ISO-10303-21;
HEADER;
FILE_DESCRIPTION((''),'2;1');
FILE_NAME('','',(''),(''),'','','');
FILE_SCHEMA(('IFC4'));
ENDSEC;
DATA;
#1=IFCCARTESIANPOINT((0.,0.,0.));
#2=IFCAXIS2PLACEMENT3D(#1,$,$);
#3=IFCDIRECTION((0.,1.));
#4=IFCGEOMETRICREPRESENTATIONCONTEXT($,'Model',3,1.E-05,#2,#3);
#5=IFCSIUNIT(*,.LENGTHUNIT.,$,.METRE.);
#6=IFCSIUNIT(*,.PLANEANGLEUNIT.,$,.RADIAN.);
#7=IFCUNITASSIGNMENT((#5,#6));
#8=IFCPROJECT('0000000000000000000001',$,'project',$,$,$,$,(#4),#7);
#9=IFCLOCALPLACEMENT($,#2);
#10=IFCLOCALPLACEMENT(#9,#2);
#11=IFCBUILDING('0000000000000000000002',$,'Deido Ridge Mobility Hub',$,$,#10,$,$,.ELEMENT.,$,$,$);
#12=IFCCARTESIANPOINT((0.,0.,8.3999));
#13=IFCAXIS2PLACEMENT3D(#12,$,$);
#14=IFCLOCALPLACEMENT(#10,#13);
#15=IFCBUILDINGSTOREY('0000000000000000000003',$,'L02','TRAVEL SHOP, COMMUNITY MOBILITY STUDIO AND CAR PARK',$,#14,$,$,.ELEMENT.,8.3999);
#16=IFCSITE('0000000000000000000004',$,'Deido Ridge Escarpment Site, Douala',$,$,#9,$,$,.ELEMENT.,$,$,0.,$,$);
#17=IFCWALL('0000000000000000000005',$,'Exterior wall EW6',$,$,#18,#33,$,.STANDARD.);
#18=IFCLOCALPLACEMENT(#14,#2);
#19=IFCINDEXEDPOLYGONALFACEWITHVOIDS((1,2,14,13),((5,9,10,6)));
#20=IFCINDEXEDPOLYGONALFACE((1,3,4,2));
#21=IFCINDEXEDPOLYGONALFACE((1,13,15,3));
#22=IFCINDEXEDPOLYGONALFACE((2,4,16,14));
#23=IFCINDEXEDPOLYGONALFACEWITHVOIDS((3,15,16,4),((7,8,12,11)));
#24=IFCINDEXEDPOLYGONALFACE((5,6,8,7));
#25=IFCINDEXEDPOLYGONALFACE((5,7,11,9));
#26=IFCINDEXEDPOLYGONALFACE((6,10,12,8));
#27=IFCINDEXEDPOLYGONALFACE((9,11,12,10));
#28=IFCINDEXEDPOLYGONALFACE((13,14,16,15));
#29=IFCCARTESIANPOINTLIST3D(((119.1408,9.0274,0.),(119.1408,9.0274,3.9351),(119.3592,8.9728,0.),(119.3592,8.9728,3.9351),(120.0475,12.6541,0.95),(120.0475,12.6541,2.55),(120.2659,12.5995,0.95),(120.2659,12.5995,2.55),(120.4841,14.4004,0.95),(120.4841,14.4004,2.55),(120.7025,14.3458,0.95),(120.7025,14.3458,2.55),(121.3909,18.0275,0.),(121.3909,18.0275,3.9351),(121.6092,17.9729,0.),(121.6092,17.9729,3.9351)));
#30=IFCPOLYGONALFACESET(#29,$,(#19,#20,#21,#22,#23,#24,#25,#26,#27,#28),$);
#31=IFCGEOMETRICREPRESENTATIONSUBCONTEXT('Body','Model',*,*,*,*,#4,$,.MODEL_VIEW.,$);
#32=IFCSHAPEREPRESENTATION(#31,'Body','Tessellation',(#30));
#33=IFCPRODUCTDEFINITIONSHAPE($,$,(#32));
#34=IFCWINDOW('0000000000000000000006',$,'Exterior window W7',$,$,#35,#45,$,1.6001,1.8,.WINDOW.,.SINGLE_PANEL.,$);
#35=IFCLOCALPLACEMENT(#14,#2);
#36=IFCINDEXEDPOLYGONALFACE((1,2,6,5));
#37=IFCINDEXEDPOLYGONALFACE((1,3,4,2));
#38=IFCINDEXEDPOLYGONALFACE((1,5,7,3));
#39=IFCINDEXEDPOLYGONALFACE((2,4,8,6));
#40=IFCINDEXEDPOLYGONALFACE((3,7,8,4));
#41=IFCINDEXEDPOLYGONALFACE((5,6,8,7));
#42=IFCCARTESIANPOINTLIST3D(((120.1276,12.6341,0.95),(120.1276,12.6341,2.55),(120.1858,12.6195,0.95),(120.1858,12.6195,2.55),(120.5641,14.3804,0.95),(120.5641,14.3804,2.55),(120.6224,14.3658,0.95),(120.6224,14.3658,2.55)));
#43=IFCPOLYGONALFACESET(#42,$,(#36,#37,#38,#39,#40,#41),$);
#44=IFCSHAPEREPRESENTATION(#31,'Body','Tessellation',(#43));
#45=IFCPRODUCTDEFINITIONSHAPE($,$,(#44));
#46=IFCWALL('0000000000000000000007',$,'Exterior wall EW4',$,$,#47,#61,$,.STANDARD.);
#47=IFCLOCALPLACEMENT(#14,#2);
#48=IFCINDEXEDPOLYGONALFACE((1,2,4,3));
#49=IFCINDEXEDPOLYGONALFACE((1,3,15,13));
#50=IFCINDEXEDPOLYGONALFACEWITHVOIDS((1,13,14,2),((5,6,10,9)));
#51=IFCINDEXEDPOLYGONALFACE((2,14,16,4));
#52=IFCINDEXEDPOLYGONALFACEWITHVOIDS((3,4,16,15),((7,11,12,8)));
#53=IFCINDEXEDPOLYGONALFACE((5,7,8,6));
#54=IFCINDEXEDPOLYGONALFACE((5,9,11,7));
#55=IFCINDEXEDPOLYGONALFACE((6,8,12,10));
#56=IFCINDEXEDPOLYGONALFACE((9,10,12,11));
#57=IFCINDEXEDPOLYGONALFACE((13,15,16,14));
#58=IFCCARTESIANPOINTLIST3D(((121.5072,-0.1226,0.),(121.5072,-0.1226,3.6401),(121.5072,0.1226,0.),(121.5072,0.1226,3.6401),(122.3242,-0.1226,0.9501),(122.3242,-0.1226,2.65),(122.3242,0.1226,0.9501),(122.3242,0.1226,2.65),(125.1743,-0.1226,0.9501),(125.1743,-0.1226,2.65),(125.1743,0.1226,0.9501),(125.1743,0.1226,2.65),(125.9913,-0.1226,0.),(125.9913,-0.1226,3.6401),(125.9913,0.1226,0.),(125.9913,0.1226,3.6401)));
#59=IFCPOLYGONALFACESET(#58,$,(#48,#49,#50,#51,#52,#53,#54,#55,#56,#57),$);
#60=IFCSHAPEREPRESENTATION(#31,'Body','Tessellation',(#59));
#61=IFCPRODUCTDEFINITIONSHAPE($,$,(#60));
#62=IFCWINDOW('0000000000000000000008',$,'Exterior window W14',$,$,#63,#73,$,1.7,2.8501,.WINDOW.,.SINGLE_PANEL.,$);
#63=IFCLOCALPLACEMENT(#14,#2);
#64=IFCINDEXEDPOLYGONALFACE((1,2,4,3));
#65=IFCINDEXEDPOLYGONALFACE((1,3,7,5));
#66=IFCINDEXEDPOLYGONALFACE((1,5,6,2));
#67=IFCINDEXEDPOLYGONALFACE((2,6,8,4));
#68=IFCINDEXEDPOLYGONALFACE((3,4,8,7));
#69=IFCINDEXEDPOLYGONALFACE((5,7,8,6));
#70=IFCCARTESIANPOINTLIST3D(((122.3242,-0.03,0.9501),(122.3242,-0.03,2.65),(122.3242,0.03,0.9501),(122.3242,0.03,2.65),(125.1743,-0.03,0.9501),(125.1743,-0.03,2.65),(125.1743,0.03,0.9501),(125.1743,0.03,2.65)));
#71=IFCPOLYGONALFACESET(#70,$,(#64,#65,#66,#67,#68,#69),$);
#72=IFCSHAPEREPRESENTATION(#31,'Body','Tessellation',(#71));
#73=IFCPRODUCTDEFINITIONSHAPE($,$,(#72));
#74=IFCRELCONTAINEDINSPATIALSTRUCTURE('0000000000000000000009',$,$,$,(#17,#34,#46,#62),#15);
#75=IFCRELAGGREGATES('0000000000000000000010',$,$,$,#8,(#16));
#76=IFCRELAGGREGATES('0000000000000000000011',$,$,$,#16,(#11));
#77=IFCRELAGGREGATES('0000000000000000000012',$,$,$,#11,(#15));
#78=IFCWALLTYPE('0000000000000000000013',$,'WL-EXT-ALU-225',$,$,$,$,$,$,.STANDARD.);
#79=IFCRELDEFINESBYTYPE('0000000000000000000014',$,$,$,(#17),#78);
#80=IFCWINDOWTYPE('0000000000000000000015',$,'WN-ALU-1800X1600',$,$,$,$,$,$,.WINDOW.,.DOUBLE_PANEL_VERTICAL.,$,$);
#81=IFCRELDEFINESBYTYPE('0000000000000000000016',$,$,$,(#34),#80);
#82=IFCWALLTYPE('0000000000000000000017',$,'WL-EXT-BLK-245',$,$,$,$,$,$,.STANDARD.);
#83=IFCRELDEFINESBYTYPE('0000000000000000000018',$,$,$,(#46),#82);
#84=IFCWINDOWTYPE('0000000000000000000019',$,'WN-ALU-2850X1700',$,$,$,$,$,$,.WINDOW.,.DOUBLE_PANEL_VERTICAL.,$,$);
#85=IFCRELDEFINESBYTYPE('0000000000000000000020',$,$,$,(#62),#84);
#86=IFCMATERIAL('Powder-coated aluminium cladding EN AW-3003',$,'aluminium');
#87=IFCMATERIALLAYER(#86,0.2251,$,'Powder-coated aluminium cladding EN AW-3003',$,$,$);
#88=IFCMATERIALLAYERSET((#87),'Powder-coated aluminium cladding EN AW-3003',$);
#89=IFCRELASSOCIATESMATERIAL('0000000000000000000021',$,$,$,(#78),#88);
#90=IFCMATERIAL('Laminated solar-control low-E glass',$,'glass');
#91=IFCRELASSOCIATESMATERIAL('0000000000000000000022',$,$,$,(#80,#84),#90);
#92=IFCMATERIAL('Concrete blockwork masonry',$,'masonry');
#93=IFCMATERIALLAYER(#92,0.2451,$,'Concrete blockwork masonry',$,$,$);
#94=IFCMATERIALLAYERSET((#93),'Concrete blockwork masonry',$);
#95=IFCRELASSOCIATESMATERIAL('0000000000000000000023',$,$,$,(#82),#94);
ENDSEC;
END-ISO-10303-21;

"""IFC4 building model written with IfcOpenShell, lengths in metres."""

from ifc_helpers import new_model, si_unit, direction, frame, frame_2d, origin, place, context, subcontext, project, spatial, rectangle, extrude, material, layer, layer_set, type_object, element, fill, save


model = new_model("IFC4")

# Units and contexts
model_context = context("Model", 3, precision=1e-05, world=origin(), true_north=direction((0.0, 1.0)))
body_context = subcontext(model_context, "Body", "Model", "MODEL_VIEW")
ifc_project = project(units=[si_unit("LENGTHUNIT", "METRE"), si_unit("PLANEANGLEUNIT", "RADIAN")], contexts=[model_context])

# Site, building, storey
site_placement = place(None, origin())
site = spatial("IfcSite", under=ifc_project, at=site_placement, Name="Deido Ridge Escarpment Site, Douala", CompositionType="ELEMENT", RefElevation=0.0)
building_placement = place(site_placement, origin())
building = spatial("IfcBuilding", under=site, at=building_placement, Name="Deido Ridge Mobility Hub", CompositionType="ELEMENT")
storey_placement = place(building_placement, frame((0.0, 0.0, 8.3999)))
storey = spatial("IfcBuildingStorey", under=building, at=storey_placement, Name="L02", Description="TRAVEL SHOP, COMMUNITY MOBILITY STUDIO AND CAR PARK", CompositionType="ELEMENT", Elevation=8.3999)

# Shared definitions
ifc_material_1 = material(Name="Laminated solar-control low-E glass", Category="glass")

# Shared definitions
ifc_material_2 = material(Name="Powder-coated aluminium cladding EN AW-3003", Category="aluminium")
ifc_layer_1 = layer(ifc_material_2, 0.2251, Name="Powder-coated aluminium cladding EN AW-3003")
ifc_layer_set_1 = layer_set([ifc_layer_1], Name="Powder-coated aluminium cladding EN AW-3003")
wall_type_1 = type_object("IfcWallType", Name="WL-EXT-ALU-225", PredefinedType="STANDARD", material=ifc_layer_set_1)

# Walls, openings, windows
wall_1_placement = place(storey_placement, frame((119.25, 9.0, 0.0), z_axis=(0.0, 0.0, 1.0), x_axis=(0.242536, 0.970143, 0.0)))
wall_1 = element("IfcWall", 1, at=wall_1_placement, inside=storey, type_object=wall_type_1, Name="Exterior wall EW6", PredefinedType="STANDARD", context=body_context, shape_type="SweptSolid", body=[
    extrude(rectangle(XDim=9.2771, YDim=0.2251, at=frame_2d((4.6387, 0.0))), origin(), (0.0, 0.0, 1.0), 3.9351),
])
opening_1_placement = place(wall_1_placement, frame((3.7385, 0.0, 0.95)))
opening_1 = element("IfcOpeningElement", 2, at=opening_1_placement, cuts=wall_1, PredefinedType="OPENING", context=body_context, shape_type="SweptSolid", body=[
    extrude(rectangle(XDim=1.8, YDim=1.6001, at=frame_2d((0.8999, 0.8))), frame((0.0, 0.1226, 0.0), z_axis=(0.0, -1.0, 0.0), x_axis=(1.0, 0.0, 0.0)), (0.0, 0.0, 1.0), 0.2451),
])
window_type_1 = type_object("IfcWindowType", Name="WN-ALU-1800X1600", PartitioningType="DOUBLE_PANEL_VERTICAL", PredefinedType="WINDOW", material=ifc_material_1)
window_1_placement = place(opening_1_placement, origin())
window_1 = element("IfcWindow", 3, at=window_1_placement, inside=storey, type_object=window_type_1, Name="Exterior window W7", OverallHeight=1.6001, OverallWidth=1.8, PartitioningType="SINGLE_PANEL", PredefinedType="WINDOW", context=body_context, shape_type="SweptSolid", body=[
    extrude(rectangle(XDim=1.8, YDim=1.6001, at=frame_2d((0.8999, 0.8))), frame((0.0, 0.03, 0.0), z_axis=(0.0, -1.0, 0.0), x_axis=(1.0, 0.0, 0.0)), (0.0, 0.0, 1.0), 0.0601),
])
fill(opening_1, window_1)
ifc_material_3 = material(Name="Concrete blockwork masonry", Category="masonry")
ifc_layer_2 = layer(ifc_material_3, 0.2451, Name="Concrete blockwork masonry")
ifc_layer_set_2 = layer_set([ifc_layer_2], Name="Concrete blockwork masonry")
wall_type_2 = type_object("IfcWallType", Name="WL-EXT-BLK-245", PredefinedType="STANDARD", material=ifc_layer_set_2)
wall_2_placement = place(storey_placement, frame((121.5071, 0.0, 0.0), z_axis=(0.0, 0.0, 1.0), x_axis=(1.0, 0.0, 0.0)))
wall_2 = element("IfcWall", 4, at=wall_2_placement, inside=storey, type_object=wall_type_2, Name="Exterior wall EW4", PredefinedType="STANDARD", context=body_context, shape_type="SweptSolid", body=[
    extrude(rectangle(XDim=4.4841, YDim=0.2451, at=frame_2d((2.2422, 0.0))), origin(), (0.0, 0.0, 1.0), 3.6401),
])
opening_2_placement = place(wall_2_placement, frame((0.8171, 0.0, 0.95)))
opening_2 = element("IfcOpeningElement", 5, at=opening_2_placement, cuts=wall_2, PredefinedType="OPENING", context=body_context, shape_type="SweptSolid", body=[
    extrude(rectangle(XDim=2.8501, YDim=1.7, at=frame_2d((1.425, 0.8501))), frame((0.0, 0.1326, 0.0), z_axis=(0.0, -1.0, 0.0), x_axis=(1.0, 0.0, 0.0)), (0.0, 0.0, 1.0), 0.2651),
])
window_type_2 = type_object("IfcWindowType", Name="WN-ALU-2850X1700", PartitioningType="DOUBLE_PANEL_VERTICAL", PredefinedType="WINDOW", material=ifc_material_1)
window_2_placement = place(opening_2_placement, origin())
window_2 = element("IfcWindow", 6, at=window_2_placement, inside=storey, type_object=window_type_2, Name="Exterior window W14", OverallHeight=1.7, OverallWidth=2.8501, PartitioningType="SINGLE_PANEL", PredefinedType="WINDOW", context=body_context, shape_type="SweptSolid", body=[
    extrude(rectangle(XDim=2.8501, YDim=1.7, at=frame_2d((1.425, 0.8501))), frame((0.0, 0.03, 0.0), z_axis=(0.0, -1.0, 0.0), x_axis=(1.0, 0.0, 0.0)), (0.0, 0.0, 1.0), 0.0601),
])
fill(opening_2, window_2)

save(model, "model.ifc")
